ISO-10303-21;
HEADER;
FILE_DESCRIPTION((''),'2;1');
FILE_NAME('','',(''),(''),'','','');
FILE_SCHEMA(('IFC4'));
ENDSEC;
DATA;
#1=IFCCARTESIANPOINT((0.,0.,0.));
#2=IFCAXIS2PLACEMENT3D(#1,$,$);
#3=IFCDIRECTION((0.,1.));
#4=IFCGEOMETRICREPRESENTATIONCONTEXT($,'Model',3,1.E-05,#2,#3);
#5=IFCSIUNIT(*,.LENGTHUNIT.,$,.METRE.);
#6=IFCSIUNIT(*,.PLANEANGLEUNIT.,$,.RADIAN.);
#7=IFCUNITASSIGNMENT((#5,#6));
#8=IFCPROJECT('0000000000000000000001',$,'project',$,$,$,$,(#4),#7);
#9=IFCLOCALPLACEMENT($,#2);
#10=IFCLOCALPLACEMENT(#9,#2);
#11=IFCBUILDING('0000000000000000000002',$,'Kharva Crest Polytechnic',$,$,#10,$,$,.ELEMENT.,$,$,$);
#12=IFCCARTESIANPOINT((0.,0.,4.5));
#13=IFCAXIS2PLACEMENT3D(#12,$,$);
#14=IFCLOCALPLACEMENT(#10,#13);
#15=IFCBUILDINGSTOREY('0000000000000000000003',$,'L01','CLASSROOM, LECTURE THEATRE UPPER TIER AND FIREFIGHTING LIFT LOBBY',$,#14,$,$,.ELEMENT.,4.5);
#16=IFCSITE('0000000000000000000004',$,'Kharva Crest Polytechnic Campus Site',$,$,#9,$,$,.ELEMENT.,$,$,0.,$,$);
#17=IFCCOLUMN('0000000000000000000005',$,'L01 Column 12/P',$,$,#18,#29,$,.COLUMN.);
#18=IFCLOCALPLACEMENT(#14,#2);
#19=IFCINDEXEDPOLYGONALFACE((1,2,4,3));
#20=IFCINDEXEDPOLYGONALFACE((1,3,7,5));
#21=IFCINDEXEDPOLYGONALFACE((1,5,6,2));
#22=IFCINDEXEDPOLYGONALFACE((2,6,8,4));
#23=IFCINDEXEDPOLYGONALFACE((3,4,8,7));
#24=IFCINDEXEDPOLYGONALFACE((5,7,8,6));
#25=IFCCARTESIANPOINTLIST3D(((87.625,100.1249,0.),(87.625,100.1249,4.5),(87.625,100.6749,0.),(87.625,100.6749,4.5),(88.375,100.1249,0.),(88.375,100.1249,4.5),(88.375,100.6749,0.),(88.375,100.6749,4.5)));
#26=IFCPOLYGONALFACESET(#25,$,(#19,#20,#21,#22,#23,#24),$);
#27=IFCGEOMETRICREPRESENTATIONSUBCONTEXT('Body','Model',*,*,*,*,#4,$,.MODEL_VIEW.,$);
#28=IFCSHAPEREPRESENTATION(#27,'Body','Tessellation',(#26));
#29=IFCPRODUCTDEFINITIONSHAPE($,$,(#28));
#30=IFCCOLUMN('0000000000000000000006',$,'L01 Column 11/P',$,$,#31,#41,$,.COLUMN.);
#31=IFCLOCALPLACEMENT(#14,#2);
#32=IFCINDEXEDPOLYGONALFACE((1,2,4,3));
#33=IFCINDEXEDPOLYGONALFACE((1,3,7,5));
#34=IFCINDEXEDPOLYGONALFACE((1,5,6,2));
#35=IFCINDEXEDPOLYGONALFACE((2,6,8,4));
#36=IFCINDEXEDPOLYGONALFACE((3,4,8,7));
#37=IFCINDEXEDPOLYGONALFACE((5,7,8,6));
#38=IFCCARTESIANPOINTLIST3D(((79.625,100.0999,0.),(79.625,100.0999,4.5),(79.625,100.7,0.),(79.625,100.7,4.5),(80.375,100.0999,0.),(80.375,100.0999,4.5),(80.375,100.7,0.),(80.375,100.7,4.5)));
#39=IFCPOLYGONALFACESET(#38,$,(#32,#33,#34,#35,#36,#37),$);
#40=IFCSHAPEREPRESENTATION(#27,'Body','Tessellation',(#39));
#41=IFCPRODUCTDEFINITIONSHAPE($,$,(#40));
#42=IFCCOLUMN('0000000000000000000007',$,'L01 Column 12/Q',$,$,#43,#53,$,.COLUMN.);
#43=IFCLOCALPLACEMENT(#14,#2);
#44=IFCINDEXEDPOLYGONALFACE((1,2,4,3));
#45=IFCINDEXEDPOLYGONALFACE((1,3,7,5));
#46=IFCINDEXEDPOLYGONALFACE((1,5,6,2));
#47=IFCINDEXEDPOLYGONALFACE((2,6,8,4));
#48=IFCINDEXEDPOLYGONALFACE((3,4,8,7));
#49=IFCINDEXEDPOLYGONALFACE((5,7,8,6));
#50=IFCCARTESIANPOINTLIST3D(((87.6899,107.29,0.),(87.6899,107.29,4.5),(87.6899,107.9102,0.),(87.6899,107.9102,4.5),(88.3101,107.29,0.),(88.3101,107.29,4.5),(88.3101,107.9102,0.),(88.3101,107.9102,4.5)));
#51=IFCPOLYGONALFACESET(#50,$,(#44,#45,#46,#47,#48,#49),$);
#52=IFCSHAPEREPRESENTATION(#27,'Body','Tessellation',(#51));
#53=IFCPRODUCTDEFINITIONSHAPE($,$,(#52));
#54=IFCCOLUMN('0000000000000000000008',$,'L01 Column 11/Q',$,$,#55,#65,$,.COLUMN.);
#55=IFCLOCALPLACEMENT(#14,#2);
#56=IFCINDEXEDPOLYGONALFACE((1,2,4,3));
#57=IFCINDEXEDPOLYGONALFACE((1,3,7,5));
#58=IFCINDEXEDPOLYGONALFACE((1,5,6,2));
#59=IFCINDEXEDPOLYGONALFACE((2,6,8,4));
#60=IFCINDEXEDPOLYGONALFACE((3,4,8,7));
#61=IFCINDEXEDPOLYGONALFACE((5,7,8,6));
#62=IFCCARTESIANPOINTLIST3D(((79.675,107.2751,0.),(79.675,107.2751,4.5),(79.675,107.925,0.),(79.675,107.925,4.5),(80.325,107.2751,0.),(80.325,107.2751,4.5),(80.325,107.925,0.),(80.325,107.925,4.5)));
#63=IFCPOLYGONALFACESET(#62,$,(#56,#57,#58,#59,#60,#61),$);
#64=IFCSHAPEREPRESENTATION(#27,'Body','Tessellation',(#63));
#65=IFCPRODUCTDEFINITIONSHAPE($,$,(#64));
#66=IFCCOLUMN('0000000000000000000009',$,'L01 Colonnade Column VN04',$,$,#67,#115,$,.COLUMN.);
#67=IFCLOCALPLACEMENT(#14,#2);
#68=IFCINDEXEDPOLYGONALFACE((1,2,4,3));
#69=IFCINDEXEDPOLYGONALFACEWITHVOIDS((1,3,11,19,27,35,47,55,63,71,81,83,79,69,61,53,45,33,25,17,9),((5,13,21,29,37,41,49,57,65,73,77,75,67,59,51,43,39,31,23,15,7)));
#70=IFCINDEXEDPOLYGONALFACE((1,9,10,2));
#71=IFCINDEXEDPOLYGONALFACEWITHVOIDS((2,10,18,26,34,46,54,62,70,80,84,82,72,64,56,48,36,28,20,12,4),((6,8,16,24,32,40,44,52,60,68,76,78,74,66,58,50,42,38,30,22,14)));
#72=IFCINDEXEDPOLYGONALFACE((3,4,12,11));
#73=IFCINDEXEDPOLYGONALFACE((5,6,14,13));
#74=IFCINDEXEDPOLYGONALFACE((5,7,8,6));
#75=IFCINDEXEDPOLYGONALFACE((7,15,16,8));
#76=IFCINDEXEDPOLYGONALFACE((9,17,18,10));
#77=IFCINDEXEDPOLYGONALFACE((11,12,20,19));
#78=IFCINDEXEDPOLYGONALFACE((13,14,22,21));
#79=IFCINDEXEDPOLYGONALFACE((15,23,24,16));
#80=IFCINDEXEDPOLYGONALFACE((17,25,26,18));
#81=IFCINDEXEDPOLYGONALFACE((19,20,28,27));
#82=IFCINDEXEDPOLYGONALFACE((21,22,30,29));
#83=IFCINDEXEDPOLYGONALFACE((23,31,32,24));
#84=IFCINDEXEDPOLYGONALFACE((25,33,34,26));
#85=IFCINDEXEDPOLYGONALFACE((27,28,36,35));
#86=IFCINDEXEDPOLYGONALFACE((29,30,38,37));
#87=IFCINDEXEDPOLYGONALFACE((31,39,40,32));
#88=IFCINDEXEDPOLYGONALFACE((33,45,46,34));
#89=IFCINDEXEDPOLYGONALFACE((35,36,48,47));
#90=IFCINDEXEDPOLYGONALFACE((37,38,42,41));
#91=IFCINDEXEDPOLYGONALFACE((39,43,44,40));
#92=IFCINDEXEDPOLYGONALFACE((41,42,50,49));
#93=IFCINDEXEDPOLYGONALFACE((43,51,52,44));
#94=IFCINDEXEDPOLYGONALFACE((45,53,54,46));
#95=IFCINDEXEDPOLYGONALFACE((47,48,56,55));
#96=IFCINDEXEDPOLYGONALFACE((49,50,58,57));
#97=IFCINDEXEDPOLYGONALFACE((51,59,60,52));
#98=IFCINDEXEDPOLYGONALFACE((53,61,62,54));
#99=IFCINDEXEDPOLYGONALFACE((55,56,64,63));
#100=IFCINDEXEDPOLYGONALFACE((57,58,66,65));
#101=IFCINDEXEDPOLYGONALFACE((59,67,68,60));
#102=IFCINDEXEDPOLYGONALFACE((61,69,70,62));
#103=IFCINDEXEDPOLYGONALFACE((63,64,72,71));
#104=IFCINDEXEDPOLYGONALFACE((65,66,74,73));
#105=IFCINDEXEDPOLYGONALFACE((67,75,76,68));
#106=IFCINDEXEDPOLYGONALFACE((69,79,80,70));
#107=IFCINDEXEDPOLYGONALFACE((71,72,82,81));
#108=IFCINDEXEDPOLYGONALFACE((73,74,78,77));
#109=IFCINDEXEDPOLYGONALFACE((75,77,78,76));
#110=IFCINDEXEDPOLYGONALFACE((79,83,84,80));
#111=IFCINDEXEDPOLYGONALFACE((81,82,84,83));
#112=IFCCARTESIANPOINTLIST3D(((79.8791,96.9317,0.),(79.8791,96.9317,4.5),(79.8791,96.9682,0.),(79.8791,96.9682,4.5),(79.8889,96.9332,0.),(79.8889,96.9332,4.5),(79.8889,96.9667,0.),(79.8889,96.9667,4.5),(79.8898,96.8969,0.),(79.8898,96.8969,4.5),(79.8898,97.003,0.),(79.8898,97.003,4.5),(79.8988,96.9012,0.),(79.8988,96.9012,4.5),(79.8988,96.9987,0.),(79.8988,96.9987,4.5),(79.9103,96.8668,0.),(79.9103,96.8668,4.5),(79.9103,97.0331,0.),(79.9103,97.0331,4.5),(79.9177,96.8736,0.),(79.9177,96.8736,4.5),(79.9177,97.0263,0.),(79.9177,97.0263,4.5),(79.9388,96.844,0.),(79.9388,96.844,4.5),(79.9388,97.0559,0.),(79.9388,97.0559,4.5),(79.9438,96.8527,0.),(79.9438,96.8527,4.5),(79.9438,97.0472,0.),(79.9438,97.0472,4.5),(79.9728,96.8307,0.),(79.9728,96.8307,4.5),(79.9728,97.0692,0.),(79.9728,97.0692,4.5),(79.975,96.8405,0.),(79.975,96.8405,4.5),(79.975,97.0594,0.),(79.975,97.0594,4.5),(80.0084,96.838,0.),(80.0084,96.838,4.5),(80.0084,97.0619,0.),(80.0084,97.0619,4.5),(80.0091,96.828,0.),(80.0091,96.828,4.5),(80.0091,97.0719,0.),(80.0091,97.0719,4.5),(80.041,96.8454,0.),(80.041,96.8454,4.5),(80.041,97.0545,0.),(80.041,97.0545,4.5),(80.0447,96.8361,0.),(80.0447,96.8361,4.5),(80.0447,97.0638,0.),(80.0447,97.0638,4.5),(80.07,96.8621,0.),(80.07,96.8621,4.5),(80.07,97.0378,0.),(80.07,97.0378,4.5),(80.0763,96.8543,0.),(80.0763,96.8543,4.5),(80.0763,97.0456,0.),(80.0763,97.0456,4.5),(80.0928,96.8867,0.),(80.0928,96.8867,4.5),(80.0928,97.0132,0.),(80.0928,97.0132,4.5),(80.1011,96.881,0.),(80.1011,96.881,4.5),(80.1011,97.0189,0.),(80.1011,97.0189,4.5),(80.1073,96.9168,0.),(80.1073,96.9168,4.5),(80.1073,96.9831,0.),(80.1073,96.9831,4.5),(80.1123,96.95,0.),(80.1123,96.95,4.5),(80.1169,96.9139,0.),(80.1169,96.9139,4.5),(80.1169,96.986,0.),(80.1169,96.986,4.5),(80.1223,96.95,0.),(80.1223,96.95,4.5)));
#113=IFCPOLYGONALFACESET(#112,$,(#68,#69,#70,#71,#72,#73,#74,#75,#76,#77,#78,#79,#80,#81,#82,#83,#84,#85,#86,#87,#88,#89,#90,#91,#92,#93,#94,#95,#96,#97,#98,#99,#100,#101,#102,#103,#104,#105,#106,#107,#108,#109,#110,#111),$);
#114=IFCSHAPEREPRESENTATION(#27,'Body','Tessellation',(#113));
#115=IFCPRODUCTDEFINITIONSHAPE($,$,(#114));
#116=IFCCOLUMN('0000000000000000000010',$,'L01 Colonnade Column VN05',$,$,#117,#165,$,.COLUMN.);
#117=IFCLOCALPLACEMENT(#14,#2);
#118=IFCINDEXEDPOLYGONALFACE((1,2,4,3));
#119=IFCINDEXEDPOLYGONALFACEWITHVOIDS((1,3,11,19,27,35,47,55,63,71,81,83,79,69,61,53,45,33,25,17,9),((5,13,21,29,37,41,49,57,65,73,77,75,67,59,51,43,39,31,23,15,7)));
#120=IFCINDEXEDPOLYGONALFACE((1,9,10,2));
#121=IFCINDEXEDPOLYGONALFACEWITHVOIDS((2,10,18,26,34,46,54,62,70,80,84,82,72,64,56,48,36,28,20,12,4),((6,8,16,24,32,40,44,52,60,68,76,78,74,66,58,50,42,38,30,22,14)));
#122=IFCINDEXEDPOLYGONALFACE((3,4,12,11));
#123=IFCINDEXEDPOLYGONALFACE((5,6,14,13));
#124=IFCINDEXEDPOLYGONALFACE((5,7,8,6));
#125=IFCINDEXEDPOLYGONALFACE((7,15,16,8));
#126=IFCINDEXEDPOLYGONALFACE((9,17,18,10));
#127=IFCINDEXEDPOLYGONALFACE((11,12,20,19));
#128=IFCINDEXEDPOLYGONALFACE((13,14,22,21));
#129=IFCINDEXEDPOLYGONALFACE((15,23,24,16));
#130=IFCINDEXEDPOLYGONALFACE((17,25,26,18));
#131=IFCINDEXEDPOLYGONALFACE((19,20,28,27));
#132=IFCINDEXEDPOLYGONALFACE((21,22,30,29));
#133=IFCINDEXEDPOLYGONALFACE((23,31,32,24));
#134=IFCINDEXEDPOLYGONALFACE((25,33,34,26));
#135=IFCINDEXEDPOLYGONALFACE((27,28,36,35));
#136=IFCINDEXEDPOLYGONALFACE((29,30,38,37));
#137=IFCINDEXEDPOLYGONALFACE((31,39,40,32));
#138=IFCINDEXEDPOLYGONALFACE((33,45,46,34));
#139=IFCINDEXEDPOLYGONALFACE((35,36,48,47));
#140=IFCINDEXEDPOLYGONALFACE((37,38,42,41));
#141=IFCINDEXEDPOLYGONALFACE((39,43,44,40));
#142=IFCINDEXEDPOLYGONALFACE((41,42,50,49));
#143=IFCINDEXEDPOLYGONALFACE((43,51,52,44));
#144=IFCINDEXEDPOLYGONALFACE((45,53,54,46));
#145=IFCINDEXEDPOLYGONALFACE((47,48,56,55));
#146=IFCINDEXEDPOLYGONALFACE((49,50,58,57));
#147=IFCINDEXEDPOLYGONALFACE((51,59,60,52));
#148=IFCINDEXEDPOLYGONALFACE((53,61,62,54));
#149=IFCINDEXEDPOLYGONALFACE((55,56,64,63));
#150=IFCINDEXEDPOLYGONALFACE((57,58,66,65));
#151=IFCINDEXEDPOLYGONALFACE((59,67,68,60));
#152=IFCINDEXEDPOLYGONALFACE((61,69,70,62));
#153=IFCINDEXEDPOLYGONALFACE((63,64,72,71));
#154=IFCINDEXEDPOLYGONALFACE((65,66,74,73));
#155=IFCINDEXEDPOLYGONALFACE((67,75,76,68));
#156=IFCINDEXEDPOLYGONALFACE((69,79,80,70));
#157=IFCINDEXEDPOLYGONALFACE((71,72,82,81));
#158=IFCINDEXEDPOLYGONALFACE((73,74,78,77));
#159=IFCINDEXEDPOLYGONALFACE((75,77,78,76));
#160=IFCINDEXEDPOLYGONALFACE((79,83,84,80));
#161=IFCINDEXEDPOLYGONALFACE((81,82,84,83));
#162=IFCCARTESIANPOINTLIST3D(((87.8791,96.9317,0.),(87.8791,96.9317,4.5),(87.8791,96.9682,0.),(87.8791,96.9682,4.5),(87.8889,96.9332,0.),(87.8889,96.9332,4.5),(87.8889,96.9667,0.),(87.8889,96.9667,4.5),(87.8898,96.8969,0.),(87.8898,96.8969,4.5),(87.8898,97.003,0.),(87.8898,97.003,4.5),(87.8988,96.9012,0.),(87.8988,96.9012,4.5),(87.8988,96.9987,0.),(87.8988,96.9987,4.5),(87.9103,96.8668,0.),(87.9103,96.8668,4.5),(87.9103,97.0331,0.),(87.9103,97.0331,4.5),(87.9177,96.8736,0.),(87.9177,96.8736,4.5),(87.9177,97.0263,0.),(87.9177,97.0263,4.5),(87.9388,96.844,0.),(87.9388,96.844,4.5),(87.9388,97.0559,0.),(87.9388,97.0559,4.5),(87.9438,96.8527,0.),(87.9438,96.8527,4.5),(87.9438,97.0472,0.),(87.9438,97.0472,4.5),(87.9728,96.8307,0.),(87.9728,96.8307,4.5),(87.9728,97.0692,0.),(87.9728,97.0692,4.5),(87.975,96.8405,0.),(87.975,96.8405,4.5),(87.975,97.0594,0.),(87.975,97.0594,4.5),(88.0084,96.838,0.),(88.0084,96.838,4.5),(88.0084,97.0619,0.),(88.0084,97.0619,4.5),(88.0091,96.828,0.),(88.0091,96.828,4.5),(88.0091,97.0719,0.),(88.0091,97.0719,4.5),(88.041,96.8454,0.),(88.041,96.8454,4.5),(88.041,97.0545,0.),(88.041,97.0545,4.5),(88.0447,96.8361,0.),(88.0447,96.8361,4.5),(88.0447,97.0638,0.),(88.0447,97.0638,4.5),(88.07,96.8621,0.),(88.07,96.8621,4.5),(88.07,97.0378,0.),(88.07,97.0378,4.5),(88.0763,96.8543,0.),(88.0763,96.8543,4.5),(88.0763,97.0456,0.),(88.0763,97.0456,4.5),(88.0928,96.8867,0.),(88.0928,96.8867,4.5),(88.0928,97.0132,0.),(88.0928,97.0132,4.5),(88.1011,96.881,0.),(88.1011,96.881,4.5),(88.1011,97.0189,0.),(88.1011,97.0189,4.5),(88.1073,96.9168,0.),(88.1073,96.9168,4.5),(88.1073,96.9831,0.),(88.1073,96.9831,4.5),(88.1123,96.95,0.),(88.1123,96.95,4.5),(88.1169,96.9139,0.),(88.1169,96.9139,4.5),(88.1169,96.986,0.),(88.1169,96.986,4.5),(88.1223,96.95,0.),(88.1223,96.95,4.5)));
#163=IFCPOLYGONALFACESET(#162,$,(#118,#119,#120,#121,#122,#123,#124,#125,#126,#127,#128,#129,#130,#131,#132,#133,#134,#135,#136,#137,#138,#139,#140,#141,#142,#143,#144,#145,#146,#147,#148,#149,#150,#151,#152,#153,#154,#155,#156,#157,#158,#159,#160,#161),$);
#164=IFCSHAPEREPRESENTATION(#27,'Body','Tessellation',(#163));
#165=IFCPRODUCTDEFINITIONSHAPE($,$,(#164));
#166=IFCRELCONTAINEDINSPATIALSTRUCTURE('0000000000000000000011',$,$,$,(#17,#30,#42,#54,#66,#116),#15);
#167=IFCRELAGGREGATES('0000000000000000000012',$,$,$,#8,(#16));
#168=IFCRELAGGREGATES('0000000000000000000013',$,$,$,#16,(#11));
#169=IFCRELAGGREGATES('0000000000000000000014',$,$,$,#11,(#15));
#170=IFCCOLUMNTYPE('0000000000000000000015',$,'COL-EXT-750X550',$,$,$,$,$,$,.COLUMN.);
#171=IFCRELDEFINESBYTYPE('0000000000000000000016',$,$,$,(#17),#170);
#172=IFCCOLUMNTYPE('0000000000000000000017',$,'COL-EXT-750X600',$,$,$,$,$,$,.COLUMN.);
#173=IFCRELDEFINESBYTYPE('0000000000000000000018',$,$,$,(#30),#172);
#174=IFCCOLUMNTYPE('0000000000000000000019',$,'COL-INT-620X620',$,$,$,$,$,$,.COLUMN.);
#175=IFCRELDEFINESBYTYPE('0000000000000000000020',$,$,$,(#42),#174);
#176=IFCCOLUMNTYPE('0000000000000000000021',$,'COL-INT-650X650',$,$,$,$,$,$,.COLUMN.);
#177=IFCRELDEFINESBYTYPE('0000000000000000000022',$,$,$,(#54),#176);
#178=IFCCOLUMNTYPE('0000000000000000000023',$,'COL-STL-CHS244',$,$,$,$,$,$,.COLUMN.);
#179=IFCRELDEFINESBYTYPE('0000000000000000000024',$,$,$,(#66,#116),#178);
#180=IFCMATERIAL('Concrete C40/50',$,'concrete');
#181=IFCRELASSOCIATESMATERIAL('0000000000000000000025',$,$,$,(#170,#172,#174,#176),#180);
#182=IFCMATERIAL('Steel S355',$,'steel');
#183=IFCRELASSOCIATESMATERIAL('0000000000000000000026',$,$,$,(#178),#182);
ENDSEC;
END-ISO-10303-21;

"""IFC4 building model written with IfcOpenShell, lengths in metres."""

from ifc_helpers import new_model, si_unit, direction, frame, origin, origin_2d, place, context, subcontext, project, spatial, rectangle, hollow_circle, extrude, material, material_profile, profile_set, type_object, element, save


model = new_model("IFC4")

# Units and contexts
model_context = context("Model", 3, precision=1e-05, world=origin(), true_north=direction((0.0, 1.0)))
body_context = subcontext(model_context, "Body", "Model", "MODEL_VIEW")
ifc_project = project(units=[si_unit("LENGTHUNIT", "METRE"), si_unit("PLANEANGLEUNIT", "RADIAN")], contexts=[model_context])

# Site, building, storey
site_placement = place(None, origin())
site = spatial("IfcSite", under=ifc_project, at=site_placement, Name="Kharva Crest Polytechnic Campus Site", CompositionType="ELEMENT", RefElevation=0.0)
building_placement = place(site_placement, origin())
building = spatial("IfcBuilding", under=site, at=building_placement, Name="Kharva Crest Polytechnic", CompositionType="ELEMENT")
storey_placement = place(building_placement, frame((0.0, 0.0, 4.5)))
storey = spatial("IfcBuildingStorey", under=building, at=storey_placement, Name="L01", Description="CLASSROOM, LECTURE THEATRE UPPER TIER AND FIREFIGHTING LIFT LOBBY", CompositionType="ELEMENT", Elevation=4.5)

# Columns
ifc_material_1 = material(Name="Concrete C40/50", Category="concrete")
ifc_material_profile_1 = material_profile(ifc_material_1, rectangle(XDim=0.75, YDim=0.55, at=origin_2d()), Name="RECT 750 X 550")
ifc_profile_set_1 = profile_set([ifc_material_profile_1], Name="Concrete C40/50")
column_type_1 = type_object("IfcColumnType", Name="COL-EXT-750X550", PredefinedType="COLUMN", material=ifc_profile_set_1)
column_1_placement = place(storey_placement, frame((88.0, 100.3999, 0.0), z_axis=(0.0, 0.0, 1.0), x_axis=(1.0, 0.0, 0.0)))
element("IfcColumn", 1, at=column_1_placement, inside=storey, type_object=column_type_1, Name="L01 Column 12/P", PredefinedType="COLUMN", context=body_context, shape_type="SweptSolid", body=[
    extrude(rectangle(XDim=0.75, YDim=0.55, at=origin_2d()), origin(), (0.0, 0.0, 1.0), 4.5),
])
ifc_material_profile_2 = material_profile(ifc_material_1, rectangle(XDim=0.75, YDim=0.6001, at=origin_2d()), Name="RECT 750 X 600")
ifc_profile_set_2 = profile_set([ifc_material_profile_2], Name="Concrete C40/50")
column_type_2 = type_object("IfcColumnType", Name="COL-EXT-750X600", PredefinedType="COLUMN", material=ifc_profile_set_2)
column_2_placement = place(storey_placement, frame((80.0, 100.3999, 0.0), z_axis=(0.0, 0.0, 1.0), x_axis=(1.0, 0.0, 0.0)))
element("IfcColumn", 2, at=column_2_placement, inside=storey, type_object=column_type_2, Name="L01 Column 11/P", PredefinedType="COLUMN", context=body_context, shape_type="SweptSolid", body=[
    extrude(rectangle(XDim=0.75, YDim=0.6001, at=origin_2d()), origin(), (0.0, 0.0, 1.0), 4.5),
])
ifc_material_profile_3 = material_profile(ifc_material_1, rectangle(XDim=0.6201, YDim=0.6201, at=origin_2d()), Name="RECT 620 X 620")
ifc_profile_set_3 = profile_set([ifc_material_profile_3], Name="Concrete C40/50")
column_type_3 = type_object("IfcColumnType", Name="COL-INT-620X620", PredefinedType="COLUMN", material=ifc_profile_set_3)
column_3_placement = place(storey_placement, frame((88.0, 107.6001, 0.0), z_axis=(0.0, 0.0, 1.0), x_axis=(1.0, 0.0, 0.0)))
element("IfcColumn", 3, at=column_3_placement, inside=storey, type_object=column_type_3, Name="L01 Column 12/Q", PredefinedType="COLUMN", context=body_context, shape_type="SweptSolid", body=[
    extrude(rectangle(XDim=0.6201, YDim=0.6201, at=origin_2d()), origin(), (0.0, 0.0, 1.0), 4.5),
])
ifc_material_profile_4 = material_profile(ifc_material_1, rectangle(XDim=0.6499, YDim=0.6499, at=origin_2d()), Name="RECT 650 X 650")
ifc_profile_set_4 = profile_set([ifc_material_profile_4], Name="Concrete C40/50")
column_type_4 = type_object("IfcColumnType", Name="COL-INT-650X650", PredefinedType="COLUMN", material=ifc_profile_set_4)
column_4_placement = place(storey_placement, frame((80.0, 107.6001, 0.0), z_axis=(0.0, 0.0, 1.0), x_axis=(1.0, 0.0, 0.0)))
element("IfcColumn", 4, at=column_4_placement, inside=storey, type_object=column_type_4, Name="L01 Column 11/Q", PredefinedType="COLUMN", context=body_context, shape_type="SweptSolid", body=[
    extrude(rectangle(XDim=0.6499, YDim=0.6499, at=origin_2d()), origin(), (0.0, 0.0, 1.0), 4.5),
])
ifc_material_2 = material(Name="Steel S355", Category="steel")
ifc_material_profile_5 = material_profile(ifc_material_2, hollow_circle(Radius=0.1223, WallThickness=0.01, at=origin_2d()), Name="CHS 244.5X10.0")
ifc_profile_set_5 = profile_set([ifc_material_profile_5], Name="Steel S355")
column_type_5 = type_object("IfcColumnType", Name="COL-STL-CHS244", PredefinedType="COLUMN", material=ifc_profile_set_5)
for number, where, z_axis, x_axis, name in (
    (5, (80.0, 96.95, 0.0), (0.0, 0.0, 1.0), (1.0, 0.0, 0.0), "L01 Colonnade Column VN04"),
    (6, (88.0, 96.95, 0.0), (0.0, 0.0, 1.0), (1.0, 0.0, 0.0), "L01 Colonnade Column VN05"),
):
    element("IfcColumn", number, at=place(storey_placement, frame(where, z_axis=z_axis, x_axis=x_axis)), inside=storey, type_object=column_type_5, Name=name, PredefinedType="COLUMN", context=body_context, shape_type="SweptSolid", body=[
        extrude(hollow_circle(Radius=0.1223, WallThickness=0.01, at=origin_2d()), origin(), (0.0, 0.0, 1.0), 4.5),
    ])

save(model, "model.ifc")
